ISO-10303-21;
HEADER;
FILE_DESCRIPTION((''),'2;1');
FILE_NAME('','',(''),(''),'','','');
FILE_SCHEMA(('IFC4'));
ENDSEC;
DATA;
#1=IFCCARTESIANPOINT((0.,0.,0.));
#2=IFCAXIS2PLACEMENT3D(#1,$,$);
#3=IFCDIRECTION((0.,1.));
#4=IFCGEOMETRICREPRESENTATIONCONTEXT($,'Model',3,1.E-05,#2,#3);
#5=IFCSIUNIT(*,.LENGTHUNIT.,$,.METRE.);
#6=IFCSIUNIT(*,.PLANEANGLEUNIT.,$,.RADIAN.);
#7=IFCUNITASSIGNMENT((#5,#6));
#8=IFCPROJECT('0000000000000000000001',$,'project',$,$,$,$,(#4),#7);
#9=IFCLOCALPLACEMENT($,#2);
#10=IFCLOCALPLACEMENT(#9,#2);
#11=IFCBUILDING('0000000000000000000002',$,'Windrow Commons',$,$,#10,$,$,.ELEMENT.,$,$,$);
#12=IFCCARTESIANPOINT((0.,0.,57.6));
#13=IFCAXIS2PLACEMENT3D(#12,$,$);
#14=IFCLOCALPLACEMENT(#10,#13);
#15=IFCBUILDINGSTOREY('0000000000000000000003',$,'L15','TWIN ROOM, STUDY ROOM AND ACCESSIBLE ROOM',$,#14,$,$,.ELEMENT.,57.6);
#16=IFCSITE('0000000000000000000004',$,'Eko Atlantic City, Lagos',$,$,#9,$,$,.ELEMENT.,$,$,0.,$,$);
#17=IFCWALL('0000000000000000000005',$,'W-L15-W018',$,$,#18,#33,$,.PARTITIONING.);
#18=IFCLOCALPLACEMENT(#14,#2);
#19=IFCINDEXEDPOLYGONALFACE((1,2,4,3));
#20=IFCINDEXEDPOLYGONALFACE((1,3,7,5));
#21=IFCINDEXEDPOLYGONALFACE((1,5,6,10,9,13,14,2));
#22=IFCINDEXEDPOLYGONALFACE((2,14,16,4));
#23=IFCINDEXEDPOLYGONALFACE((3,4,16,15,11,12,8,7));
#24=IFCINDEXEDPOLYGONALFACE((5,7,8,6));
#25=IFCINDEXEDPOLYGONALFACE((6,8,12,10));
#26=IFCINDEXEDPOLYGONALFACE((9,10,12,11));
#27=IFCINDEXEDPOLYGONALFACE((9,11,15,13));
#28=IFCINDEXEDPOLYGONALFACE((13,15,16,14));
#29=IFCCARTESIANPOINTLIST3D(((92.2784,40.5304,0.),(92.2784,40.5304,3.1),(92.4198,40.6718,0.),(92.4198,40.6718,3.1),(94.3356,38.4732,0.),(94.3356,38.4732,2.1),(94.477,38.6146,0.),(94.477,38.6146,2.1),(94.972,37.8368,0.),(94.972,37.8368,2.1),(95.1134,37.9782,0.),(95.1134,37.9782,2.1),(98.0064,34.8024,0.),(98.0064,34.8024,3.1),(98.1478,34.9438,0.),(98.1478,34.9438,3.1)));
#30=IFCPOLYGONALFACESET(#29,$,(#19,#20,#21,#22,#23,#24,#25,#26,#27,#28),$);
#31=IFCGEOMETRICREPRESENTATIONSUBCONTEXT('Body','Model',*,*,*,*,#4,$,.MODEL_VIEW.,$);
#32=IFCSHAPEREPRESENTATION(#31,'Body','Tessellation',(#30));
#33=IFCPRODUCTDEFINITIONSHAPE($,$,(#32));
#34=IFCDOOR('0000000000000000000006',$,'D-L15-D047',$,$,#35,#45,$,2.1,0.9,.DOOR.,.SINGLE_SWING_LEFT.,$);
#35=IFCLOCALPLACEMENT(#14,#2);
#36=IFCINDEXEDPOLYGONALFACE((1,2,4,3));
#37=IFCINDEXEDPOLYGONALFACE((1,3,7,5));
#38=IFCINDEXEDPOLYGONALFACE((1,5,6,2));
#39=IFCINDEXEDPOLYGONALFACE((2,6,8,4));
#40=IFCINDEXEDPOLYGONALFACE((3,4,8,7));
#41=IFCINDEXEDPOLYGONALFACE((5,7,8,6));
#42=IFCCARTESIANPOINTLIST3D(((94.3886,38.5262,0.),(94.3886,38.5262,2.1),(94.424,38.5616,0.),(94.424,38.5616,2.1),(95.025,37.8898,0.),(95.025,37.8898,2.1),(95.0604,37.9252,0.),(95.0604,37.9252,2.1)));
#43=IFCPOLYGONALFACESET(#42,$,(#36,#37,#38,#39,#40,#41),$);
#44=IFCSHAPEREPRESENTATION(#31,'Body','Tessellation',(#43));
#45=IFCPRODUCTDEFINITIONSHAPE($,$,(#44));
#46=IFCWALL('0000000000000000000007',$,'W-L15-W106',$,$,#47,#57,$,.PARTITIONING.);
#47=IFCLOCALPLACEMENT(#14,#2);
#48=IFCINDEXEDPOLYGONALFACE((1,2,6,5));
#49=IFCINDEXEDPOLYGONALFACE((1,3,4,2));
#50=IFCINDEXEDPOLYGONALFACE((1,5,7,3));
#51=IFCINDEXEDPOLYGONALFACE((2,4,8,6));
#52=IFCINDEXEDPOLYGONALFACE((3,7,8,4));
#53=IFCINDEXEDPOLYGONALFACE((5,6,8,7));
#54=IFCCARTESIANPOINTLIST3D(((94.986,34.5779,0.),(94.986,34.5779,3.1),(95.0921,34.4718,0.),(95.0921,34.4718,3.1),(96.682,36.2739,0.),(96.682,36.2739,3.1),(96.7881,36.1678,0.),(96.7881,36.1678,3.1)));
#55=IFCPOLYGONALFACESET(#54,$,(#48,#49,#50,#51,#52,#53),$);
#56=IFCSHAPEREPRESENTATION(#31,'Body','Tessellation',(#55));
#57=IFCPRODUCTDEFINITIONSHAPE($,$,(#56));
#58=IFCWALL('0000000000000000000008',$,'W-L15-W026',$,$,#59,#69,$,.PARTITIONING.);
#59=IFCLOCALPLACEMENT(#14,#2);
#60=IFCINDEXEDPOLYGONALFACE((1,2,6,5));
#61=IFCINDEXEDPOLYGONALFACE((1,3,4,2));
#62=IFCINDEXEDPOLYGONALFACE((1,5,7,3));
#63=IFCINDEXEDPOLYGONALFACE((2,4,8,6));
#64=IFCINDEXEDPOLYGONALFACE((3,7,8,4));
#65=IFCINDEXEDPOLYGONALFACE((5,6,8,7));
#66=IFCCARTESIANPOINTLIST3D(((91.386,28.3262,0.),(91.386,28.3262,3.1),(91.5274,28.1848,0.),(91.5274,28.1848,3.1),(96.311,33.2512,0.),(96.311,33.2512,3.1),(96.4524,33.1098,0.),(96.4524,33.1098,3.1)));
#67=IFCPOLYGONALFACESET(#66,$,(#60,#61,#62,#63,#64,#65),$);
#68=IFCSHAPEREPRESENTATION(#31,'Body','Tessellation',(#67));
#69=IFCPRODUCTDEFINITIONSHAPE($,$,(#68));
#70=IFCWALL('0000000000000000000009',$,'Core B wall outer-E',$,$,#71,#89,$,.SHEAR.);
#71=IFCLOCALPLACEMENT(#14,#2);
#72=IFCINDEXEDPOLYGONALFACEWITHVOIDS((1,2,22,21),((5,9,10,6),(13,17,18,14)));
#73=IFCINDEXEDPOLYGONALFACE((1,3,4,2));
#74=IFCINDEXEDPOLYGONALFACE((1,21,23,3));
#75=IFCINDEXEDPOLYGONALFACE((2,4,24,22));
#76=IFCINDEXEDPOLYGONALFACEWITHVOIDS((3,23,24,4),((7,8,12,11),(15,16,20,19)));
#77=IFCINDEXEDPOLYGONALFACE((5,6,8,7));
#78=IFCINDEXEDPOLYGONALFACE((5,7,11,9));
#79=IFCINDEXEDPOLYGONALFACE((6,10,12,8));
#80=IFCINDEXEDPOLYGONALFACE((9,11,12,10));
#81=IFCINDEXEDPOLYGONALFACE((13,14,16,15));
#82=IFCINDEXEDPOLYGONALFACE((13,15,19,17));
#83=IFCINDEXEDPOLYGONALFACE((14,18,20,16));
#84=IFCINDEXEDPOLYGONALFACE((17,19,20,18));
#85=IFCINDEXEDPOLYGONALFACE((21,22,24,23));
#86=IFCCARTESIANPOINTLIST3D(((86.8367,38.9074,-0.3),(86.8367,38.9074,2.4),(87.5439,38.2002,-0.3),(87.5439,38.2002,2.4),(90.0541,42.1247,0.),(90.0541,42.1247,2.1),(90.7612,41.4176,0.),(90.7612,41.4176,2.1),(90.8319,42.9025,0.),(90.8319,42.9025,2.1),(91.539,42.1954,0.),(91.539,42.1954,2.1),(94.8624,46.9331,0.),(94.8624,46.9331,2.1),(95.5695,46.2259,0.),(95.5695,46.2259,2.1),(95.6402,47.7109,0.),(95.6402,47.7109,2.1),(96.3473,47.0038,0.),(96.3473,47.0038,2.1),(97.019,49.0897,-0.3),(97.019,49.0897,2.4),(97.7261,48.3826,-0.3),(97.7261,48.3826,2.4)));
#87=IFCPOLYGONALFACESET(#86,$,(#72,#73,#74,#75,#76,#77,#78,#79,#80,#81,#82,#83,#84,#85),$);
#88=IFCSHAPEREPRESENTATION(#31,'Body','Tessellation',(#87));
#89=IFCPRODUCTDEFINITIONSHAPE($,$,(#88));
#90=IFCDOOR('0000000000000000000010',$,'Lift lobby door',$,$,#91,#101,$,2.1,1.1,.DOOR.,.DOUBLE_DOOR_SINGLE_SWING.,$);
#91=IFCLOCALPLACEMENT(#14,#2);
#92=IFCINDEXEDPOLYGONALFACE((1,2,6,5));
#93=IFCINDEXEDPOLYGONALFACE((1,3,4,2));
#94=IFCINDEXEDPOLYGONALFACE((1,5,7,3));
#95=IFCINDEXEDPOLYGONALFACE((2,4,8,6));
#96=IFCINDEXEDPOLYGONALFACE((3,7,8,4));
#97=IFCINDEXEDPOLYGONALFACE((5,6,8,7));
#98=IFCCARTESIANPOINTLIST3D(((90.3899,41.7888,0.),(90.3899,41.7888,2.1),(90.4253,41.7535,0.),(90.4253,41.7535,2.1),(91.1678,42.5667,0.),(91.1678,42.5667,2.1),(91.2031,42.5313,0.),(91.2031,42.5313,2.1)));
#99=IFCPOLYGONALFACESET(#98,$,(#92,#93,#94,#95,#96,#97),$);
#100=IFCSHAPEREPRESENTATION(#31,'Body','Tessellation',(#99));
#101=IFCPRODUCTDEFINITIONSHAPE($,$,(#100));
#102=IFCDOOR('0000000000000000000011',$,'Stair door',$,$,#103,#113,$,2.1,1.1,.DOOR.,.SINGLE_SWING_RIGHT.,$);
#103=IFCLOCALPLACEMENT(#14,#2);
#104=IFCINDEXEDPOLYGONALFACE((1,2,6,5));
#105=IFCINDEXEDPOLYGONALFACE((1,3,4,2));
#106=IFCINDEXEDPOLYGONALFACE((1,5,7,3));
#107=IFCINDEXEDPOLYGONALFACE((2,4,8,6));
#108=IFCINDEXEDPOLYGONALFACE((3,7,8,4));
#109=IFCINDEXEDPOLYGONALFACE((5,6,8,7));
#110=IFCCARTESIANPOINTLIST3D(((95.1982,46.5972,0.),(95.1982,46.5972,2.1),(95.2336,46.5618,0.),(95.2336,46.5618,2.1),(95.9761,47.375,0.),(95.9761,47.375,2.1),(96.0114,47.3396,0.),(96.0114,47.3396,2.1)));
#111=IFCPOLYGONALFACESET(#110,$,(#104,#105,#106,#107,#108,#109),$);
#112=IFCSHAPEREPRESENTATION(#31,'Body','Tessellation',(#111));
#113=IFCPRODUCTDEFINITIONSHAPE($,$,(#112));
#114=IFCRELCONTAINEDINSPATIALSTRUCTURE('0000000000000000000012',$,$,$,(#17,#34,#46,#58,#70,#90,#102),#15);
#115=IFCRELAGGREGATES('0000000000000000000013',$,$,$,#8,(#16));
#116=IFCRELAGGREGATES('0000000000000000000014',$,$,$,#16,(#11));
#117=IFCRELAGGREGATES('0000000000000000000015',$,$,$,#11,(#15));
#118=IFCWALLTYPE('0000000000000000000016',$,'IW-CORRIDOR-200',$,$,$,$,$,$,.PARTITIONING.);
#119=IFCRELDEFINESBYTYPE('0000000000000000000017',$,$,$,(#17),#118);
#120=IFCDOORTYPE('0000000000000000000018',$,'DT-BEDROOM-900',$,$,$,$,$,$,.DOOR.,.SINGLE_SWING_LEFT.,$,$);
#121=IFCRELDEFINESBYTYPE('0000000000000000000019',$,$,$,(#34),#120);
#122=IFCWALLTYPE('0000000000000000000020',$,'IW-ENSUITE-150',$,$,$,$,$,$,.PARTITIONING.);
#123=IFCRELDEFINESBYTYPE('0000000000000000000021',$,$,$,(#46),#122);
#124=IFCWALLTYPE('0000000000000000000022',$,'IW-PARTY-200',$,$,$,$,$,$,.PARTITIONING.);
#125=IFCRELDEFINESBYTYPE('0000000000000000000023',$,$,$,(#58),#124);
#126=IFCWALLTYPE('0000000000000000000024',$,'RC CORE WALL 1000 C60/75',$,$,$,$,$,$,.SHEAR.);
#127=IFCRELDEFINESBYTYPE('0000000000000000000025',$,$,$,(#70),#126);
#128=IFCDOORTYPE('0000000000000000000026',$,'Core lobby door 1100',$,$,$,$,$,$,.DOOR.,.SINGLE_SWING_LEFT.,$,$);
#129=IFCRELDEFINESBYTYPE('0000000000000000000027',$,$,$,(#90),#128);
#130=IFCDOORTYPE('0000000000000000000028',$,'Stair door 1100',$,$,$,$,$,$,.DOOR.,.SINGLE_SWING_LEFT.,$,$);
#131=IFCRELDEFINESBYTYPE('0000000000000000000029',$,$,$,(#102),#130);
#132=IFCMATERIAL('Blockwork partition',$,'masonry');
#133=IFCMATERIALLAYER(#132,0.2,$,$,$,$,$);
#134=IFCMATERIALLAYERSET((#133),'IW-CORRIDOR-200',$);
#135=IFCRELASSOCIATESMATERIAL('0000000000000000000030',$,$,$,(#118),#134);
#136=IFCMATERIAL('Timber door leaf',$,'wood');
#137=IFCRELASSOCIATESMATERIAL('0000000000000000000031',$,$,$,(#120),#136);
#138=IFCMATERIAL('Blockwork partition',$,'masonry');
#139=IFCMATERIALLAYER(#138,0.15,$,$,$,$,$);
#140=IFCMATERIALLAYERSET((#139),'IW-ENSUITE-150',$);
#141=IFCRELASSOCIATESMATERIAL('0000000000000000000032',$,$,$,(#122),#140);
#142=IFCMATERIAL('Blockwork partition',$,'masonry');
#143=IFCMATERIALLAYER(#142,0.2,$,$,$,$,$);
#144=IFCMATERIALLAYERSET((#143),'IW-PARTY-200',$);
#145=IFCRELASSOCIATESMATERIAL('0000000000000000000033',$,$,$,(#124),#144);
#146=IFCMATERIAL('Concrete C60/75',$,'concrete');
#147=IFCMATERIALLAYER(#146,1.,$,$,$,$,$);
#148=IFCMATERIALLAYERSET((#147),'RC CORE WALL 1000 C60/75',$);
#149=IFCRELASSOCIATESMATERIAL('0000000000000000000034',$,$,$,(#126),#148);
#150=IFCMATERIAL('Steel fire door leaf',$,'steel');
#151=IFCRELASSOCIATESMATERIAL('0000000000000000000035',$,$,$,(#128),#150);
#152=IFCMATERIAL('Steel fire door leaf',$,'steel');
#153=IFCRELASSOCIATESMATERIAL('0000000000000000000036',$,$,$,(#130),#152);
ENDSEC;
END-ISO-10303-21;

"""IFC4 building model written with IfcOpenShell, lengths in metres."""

from ifc_helpers import new_model, si_unit, direction, frame, frame_2d, origin, place, context, subcontext, project, spatial, rectangle, extrude, material, layer, layer_set, type_object, element, fill, save


model = new_model("IFC4")

# Units and contexts
model_context = context("Model", 3, precision=1e-05, world=origin(), true_north=direction((0.0, 1.0)))
body_context = subcontext(model_context, "Body", "Model", "MODEL_VIEW")
ifc_project = project(units=[si_unit("LENGTHUNIT", "METRE"), si_unit("PLANEANGLEUNIT", "RADIAN")], contexts=[model_context])

# Site, building, storey
site_placement = place(None, origin())
site = spatial("IfcSite", under=ifc_project, at=site_placement, Name="Eko Atlantic City, Lagos", CompositionType="ELEMENT", RefElevation=0.0)
building_placement = place(site_placement, origin())
building = spatial("IfcBuilding", under=site, at=building_placement, Name="Windrow Commons", CompositionType="ELEMENT")
storey_placement = place(building_placement, frame((0.0, 0.0, 57.6)))
storey = spatial("IfcBuildingStorey", under=building, at=storey_placement, Name="L15", Description="TWIN ROOM, STUDY ROOM AND ACCESSIBLE ROOM", CompositionType="ELEMENT", Elevation=57.6)

# Wall, opening, door
ifc_material_1 = material(Name="Blockwork partition", Category="masonry")
ifc_layer_1 = layer(ifc_material_1, 0.2)
ifc_layer_set_1 = layer_set([ifc_layer_1], Name="IW-CORRIDOR-200")
wall_type_1 = type_object("IfcWallType", Name="IW-CORRIDOR-200", PredefinedType="PARTITIONING", material=ifc_layer_set_1)
wall_1_placement = place(storey_placement, frame((92.3491, 40.6011, 0.0), z_axis=(0.0, 0.0, 1.0), x_axis=(0.707107, -0.707107, 0.0)))
wall_1 = element("IfcWall", 1, at=wall_1_placement, inside=storey, type_object=wall_type_1, Name="W-L15-W018", PredefinedType="PARTITIONING", context=body_context, shape_type="SweptSolid", body=[
    extrude(rectangle(XDim=8.1006, YDim=0.2, at=frame_2d((4.0503, 0.0))), origin(), (0.0, 0.0, 1.0), 3.1),
])
opening_1_placement = place(wall_1_placement, frame((2.9093, 0.0, 0.0)))
opening_1 = element("IfcOpeningElement", 2, at=opening_1_placement, cuts=wall_1, PredefinedType="OPENING", context=body_context, shape_type="SweptSolid", body=[
    extrude(rectangle(XDim=0.9, YDim=2.1, at=frame_2d((0.45, 1.05))), frame((0.0, 0.11, 0.0), z_axis=(0.0, -1.0, 0.0), x_axis=(1.0, 0.0, 0.0)), (0.0, 0.0, 1.0), 0.22),
])
ifc_material_2 = material(Name="Timber door leaf", Category="wood")
door_type_1 = type_object("IfcDoorType", Name="DT-BEDROOM-900", OperationType="SINGLE_SWING_LEFT", PredefinedType="DOOR", material=ifc_material_2)
door_1_placement = place(opening_1_placement, origin())
door_1 = element("IfcDoor", 3, at=door_1_placement, inside=storey, type_object=door_type_1, Name="D-L15-D047", OperationType="SINGLE_SWING_LEFT", OverallHeight=2.1, OverallWidth=0.9, PredefinedType="DOOR", context=body_context, shape_type="SweptSolid", body=[
    extrude(rectangle(XDim=0.9, YDim=2.1, at=frame_2d((0.45, 1.05))), frame((0.0, 0.025, 0.0), z_axis=(0.0, -1.0, 0.0), x_axis=(1.0, 0.0, 0.0)), (0.0, 0.0, 1.0), 0.05),
])
fill(opening_1, door_1)

# Walls
ifc_material_3 = material(Name="Blockwork partition", Category="masonry")
ifc_layer_2 = layer(ifc_material_3, 0.15)
ifc_layer_set_2 = layer_set([ifc_layer_2], Name="IW-ENSUITE-150")
wall_type_2 = type_object("IfcWallType", Name="IW-ENSUITE-150", PredefinedType="PARTITIONING", material=ifc_layer_set_2)
wall_2_placement = place(storey_placement, frame((95.0391, 34.5249, 0.0), z_axis=(0.0, 0.0, 1.0), x_axis=(0.707107, 0.707107, 0.0)))
element("IfcWall", 4, at=wall_2_placement, inside=storey, type_object=wall_type_2, Name="W-L15-W106", PredefinedType="PARTITIONING", context=body_context, shape_type="SweptSolid", body=[
    extrude(rectangle(XDim=2.3985, YDim=0.15, at=frame_2d((1.1992, 0.0))), origin(), (0.0, 0.0, 1.0), 3.1),
])
ifc_material_4 = material(Name="Blockwork partition", Category="masonry")
ifc_layer_3 = layer(ifc_material_4, 0.2)
ifc_layer_set_3 = layer_set([ifc_layer_3], Name="IW-PARTY-200")
wall_type_3 = type_object("IfcWallType", Name="IW-PARTY-200", PredefinedType="PARTITIONING", material=ifc_layer_set_3)
wall_3_placement = place(storey_placement, frame((91.4567, 28.2555, 0.0), z_axis=(0.0, 0.0, 1.0), x_axis=(0.707107, 0.707107, 0.0)))
element("IfcWall", 5, at=wall_3_placement, inside=storey, type_object=wall_type_3, Name="W-L15-W026", PredefinedType="PARTITIONING", context=body_context, shape_type="SweptSolid", body=[
    extrude(rectangle(XDim=6.9649, YDim=0.2, at=frame_2d((3.4825, 0.0))), origin(), (0.0, 0.0, 1.0), 3.1),
])

# Wall, openings, doors
ifc_material_5 = material(Name="Concrete C60/75", Category="concrete")
ifc_layer_4 = layer(ifc_material_5, 1.0)
ifc_layer_set_4 = layer_set([ifc_layer_4], Name="RC CORE WALL 1000 C60/75")
wall_type_4 = type_object("IfcWallType", Name="RC CORE WALL 1000 C60/75", PredefinedType="SHEAR", material=ifc_layer_set_4)
wall_4_placement = place(storey_placement, frame((87.1903, 38.5538, -0.3), z_axis=(0.0, 0.0, 1.0), x_axis=(0.707103, 0.70711, 0.0)))
wall_4 = element("IfcWall", 6, at=wall_4_placement, inside=storey, type_object=wall_type_4, Name="Core B wall outer-E", PredefinedType="SHEAR", context=body_context, shape_type="SweptSolid", body=[
    extrude(rectangle(XDim=14.4, YDim=1.0, at=frame_2d((7.2, 0.0))), origin(), (0.0, 0.0, 1.0), 2.7),
])
opening_2_placement = place(wall_4_placement, frame((4.55, 0.0, 0.3)))
opening_2 = element("IfcOpeningElement", 7, at=opening_2_placement, cuts=wall_4, PredefinedType="OPENING", context=body_context, shape_type="SweptSolid", body=[
    extrude(rectangle(XDim=1.1, YDim=2.1, at=frame_2d((0.55, 1.05))), frame((0.0, 0.51, 0.0), z_axis=(0.0, -1.0, 0.0), x_axis=(1.0, 0.0, 0.0)), (0.0, 0.0, 1.0), 1.02),
])
opening_3_placement = place(wall_4_placement, frame((11.35, 0.0, 0.3)))
opening_3 = element("IfcOpeningElement", 8, at=opening_3_placement, cuts=wall_4, PredefinedType="OPENING", context=body_context, shape_type="SweptSolid", body=[
    extrude(rectangle(XDim=1.1, YDim=2.1, at=frame_2d((0.55, 1.05))), frame((0.0, 0.51, 0.0), z_axis=(0.0, -1.0, 0.0), x_axis=(1.0, 0.0, 0.0)), (0.0, 0.0, 1.0), 1.02),
])
ifc_material_6 = material(Name="Steel fire door leaf", Category="steel")
door_type_2 = type_object("IfcDoorType", Name="Core lobby door 1100", OperationType="SINGLE_SWING_LEFT", PredefinedType="DOOR", material=ifc_material_6)
door_2_placement = place(opening_2_placement, origin())
door_2 = element("IfcDoor", 9, at=door_2_placement, inside=storey, type_object=door_type_2, Name="Lift lobby door", OperationType="DOUBLE_DOOR_SINGLE_SWING", OverallHeight=2.1, OverallWidth=1.1, PredefinedType="DOOR", context=body_context, shape_type="SweptSolid", body=[
    extrude(rectangle(XDim=1.1, YDim=2.1, at=frame_2d((0.55, 1.05))), frame((0.0, 0.025, 0.0), z_axis=(0.0, -1.0, 0.0), x_axis=(1.0, 0.0, 0.0)), (0.0, 0.0, 1.0), 0.05),
])
fill(opening_2, door_2)
ifc_material_7 = material(Name="Steel fire door leaf", Category="steel")
door_type_3 = type_object("IfcDoorType", Name="Stair door 1100", OperationType="SINGLE_SWING_LEFT", PredefinedType="DOOR", material=ifc_material_7)
door_3_placement = place(opening_3_placement, origin())
door_3 = element("IfcDoor", 10, at=door_3_placement, inside=storey, type_object=door_type_3, Name="Stair door", OperationType="SINGLE_SWING_RIGHT", OverallHeight=2.1, OverallWidth=1.1, PredefinedType="DOOR", context=body_context, shape_type="SweptSolid", body=[
    extrude(rectangle(XDim=1.1, YDim=2.1, at=frame_2d((0.55, 1.05))), frame((0.0, 0.025, 0.0), z_axis=(0.0, -1.0, 0.0), x_axis=(1.0, 0.0, 0.0)), (0.0, 0.0, 1.0), 0.05),
])
fill(opening_3, door_3)

save(model, "model.ifc")
